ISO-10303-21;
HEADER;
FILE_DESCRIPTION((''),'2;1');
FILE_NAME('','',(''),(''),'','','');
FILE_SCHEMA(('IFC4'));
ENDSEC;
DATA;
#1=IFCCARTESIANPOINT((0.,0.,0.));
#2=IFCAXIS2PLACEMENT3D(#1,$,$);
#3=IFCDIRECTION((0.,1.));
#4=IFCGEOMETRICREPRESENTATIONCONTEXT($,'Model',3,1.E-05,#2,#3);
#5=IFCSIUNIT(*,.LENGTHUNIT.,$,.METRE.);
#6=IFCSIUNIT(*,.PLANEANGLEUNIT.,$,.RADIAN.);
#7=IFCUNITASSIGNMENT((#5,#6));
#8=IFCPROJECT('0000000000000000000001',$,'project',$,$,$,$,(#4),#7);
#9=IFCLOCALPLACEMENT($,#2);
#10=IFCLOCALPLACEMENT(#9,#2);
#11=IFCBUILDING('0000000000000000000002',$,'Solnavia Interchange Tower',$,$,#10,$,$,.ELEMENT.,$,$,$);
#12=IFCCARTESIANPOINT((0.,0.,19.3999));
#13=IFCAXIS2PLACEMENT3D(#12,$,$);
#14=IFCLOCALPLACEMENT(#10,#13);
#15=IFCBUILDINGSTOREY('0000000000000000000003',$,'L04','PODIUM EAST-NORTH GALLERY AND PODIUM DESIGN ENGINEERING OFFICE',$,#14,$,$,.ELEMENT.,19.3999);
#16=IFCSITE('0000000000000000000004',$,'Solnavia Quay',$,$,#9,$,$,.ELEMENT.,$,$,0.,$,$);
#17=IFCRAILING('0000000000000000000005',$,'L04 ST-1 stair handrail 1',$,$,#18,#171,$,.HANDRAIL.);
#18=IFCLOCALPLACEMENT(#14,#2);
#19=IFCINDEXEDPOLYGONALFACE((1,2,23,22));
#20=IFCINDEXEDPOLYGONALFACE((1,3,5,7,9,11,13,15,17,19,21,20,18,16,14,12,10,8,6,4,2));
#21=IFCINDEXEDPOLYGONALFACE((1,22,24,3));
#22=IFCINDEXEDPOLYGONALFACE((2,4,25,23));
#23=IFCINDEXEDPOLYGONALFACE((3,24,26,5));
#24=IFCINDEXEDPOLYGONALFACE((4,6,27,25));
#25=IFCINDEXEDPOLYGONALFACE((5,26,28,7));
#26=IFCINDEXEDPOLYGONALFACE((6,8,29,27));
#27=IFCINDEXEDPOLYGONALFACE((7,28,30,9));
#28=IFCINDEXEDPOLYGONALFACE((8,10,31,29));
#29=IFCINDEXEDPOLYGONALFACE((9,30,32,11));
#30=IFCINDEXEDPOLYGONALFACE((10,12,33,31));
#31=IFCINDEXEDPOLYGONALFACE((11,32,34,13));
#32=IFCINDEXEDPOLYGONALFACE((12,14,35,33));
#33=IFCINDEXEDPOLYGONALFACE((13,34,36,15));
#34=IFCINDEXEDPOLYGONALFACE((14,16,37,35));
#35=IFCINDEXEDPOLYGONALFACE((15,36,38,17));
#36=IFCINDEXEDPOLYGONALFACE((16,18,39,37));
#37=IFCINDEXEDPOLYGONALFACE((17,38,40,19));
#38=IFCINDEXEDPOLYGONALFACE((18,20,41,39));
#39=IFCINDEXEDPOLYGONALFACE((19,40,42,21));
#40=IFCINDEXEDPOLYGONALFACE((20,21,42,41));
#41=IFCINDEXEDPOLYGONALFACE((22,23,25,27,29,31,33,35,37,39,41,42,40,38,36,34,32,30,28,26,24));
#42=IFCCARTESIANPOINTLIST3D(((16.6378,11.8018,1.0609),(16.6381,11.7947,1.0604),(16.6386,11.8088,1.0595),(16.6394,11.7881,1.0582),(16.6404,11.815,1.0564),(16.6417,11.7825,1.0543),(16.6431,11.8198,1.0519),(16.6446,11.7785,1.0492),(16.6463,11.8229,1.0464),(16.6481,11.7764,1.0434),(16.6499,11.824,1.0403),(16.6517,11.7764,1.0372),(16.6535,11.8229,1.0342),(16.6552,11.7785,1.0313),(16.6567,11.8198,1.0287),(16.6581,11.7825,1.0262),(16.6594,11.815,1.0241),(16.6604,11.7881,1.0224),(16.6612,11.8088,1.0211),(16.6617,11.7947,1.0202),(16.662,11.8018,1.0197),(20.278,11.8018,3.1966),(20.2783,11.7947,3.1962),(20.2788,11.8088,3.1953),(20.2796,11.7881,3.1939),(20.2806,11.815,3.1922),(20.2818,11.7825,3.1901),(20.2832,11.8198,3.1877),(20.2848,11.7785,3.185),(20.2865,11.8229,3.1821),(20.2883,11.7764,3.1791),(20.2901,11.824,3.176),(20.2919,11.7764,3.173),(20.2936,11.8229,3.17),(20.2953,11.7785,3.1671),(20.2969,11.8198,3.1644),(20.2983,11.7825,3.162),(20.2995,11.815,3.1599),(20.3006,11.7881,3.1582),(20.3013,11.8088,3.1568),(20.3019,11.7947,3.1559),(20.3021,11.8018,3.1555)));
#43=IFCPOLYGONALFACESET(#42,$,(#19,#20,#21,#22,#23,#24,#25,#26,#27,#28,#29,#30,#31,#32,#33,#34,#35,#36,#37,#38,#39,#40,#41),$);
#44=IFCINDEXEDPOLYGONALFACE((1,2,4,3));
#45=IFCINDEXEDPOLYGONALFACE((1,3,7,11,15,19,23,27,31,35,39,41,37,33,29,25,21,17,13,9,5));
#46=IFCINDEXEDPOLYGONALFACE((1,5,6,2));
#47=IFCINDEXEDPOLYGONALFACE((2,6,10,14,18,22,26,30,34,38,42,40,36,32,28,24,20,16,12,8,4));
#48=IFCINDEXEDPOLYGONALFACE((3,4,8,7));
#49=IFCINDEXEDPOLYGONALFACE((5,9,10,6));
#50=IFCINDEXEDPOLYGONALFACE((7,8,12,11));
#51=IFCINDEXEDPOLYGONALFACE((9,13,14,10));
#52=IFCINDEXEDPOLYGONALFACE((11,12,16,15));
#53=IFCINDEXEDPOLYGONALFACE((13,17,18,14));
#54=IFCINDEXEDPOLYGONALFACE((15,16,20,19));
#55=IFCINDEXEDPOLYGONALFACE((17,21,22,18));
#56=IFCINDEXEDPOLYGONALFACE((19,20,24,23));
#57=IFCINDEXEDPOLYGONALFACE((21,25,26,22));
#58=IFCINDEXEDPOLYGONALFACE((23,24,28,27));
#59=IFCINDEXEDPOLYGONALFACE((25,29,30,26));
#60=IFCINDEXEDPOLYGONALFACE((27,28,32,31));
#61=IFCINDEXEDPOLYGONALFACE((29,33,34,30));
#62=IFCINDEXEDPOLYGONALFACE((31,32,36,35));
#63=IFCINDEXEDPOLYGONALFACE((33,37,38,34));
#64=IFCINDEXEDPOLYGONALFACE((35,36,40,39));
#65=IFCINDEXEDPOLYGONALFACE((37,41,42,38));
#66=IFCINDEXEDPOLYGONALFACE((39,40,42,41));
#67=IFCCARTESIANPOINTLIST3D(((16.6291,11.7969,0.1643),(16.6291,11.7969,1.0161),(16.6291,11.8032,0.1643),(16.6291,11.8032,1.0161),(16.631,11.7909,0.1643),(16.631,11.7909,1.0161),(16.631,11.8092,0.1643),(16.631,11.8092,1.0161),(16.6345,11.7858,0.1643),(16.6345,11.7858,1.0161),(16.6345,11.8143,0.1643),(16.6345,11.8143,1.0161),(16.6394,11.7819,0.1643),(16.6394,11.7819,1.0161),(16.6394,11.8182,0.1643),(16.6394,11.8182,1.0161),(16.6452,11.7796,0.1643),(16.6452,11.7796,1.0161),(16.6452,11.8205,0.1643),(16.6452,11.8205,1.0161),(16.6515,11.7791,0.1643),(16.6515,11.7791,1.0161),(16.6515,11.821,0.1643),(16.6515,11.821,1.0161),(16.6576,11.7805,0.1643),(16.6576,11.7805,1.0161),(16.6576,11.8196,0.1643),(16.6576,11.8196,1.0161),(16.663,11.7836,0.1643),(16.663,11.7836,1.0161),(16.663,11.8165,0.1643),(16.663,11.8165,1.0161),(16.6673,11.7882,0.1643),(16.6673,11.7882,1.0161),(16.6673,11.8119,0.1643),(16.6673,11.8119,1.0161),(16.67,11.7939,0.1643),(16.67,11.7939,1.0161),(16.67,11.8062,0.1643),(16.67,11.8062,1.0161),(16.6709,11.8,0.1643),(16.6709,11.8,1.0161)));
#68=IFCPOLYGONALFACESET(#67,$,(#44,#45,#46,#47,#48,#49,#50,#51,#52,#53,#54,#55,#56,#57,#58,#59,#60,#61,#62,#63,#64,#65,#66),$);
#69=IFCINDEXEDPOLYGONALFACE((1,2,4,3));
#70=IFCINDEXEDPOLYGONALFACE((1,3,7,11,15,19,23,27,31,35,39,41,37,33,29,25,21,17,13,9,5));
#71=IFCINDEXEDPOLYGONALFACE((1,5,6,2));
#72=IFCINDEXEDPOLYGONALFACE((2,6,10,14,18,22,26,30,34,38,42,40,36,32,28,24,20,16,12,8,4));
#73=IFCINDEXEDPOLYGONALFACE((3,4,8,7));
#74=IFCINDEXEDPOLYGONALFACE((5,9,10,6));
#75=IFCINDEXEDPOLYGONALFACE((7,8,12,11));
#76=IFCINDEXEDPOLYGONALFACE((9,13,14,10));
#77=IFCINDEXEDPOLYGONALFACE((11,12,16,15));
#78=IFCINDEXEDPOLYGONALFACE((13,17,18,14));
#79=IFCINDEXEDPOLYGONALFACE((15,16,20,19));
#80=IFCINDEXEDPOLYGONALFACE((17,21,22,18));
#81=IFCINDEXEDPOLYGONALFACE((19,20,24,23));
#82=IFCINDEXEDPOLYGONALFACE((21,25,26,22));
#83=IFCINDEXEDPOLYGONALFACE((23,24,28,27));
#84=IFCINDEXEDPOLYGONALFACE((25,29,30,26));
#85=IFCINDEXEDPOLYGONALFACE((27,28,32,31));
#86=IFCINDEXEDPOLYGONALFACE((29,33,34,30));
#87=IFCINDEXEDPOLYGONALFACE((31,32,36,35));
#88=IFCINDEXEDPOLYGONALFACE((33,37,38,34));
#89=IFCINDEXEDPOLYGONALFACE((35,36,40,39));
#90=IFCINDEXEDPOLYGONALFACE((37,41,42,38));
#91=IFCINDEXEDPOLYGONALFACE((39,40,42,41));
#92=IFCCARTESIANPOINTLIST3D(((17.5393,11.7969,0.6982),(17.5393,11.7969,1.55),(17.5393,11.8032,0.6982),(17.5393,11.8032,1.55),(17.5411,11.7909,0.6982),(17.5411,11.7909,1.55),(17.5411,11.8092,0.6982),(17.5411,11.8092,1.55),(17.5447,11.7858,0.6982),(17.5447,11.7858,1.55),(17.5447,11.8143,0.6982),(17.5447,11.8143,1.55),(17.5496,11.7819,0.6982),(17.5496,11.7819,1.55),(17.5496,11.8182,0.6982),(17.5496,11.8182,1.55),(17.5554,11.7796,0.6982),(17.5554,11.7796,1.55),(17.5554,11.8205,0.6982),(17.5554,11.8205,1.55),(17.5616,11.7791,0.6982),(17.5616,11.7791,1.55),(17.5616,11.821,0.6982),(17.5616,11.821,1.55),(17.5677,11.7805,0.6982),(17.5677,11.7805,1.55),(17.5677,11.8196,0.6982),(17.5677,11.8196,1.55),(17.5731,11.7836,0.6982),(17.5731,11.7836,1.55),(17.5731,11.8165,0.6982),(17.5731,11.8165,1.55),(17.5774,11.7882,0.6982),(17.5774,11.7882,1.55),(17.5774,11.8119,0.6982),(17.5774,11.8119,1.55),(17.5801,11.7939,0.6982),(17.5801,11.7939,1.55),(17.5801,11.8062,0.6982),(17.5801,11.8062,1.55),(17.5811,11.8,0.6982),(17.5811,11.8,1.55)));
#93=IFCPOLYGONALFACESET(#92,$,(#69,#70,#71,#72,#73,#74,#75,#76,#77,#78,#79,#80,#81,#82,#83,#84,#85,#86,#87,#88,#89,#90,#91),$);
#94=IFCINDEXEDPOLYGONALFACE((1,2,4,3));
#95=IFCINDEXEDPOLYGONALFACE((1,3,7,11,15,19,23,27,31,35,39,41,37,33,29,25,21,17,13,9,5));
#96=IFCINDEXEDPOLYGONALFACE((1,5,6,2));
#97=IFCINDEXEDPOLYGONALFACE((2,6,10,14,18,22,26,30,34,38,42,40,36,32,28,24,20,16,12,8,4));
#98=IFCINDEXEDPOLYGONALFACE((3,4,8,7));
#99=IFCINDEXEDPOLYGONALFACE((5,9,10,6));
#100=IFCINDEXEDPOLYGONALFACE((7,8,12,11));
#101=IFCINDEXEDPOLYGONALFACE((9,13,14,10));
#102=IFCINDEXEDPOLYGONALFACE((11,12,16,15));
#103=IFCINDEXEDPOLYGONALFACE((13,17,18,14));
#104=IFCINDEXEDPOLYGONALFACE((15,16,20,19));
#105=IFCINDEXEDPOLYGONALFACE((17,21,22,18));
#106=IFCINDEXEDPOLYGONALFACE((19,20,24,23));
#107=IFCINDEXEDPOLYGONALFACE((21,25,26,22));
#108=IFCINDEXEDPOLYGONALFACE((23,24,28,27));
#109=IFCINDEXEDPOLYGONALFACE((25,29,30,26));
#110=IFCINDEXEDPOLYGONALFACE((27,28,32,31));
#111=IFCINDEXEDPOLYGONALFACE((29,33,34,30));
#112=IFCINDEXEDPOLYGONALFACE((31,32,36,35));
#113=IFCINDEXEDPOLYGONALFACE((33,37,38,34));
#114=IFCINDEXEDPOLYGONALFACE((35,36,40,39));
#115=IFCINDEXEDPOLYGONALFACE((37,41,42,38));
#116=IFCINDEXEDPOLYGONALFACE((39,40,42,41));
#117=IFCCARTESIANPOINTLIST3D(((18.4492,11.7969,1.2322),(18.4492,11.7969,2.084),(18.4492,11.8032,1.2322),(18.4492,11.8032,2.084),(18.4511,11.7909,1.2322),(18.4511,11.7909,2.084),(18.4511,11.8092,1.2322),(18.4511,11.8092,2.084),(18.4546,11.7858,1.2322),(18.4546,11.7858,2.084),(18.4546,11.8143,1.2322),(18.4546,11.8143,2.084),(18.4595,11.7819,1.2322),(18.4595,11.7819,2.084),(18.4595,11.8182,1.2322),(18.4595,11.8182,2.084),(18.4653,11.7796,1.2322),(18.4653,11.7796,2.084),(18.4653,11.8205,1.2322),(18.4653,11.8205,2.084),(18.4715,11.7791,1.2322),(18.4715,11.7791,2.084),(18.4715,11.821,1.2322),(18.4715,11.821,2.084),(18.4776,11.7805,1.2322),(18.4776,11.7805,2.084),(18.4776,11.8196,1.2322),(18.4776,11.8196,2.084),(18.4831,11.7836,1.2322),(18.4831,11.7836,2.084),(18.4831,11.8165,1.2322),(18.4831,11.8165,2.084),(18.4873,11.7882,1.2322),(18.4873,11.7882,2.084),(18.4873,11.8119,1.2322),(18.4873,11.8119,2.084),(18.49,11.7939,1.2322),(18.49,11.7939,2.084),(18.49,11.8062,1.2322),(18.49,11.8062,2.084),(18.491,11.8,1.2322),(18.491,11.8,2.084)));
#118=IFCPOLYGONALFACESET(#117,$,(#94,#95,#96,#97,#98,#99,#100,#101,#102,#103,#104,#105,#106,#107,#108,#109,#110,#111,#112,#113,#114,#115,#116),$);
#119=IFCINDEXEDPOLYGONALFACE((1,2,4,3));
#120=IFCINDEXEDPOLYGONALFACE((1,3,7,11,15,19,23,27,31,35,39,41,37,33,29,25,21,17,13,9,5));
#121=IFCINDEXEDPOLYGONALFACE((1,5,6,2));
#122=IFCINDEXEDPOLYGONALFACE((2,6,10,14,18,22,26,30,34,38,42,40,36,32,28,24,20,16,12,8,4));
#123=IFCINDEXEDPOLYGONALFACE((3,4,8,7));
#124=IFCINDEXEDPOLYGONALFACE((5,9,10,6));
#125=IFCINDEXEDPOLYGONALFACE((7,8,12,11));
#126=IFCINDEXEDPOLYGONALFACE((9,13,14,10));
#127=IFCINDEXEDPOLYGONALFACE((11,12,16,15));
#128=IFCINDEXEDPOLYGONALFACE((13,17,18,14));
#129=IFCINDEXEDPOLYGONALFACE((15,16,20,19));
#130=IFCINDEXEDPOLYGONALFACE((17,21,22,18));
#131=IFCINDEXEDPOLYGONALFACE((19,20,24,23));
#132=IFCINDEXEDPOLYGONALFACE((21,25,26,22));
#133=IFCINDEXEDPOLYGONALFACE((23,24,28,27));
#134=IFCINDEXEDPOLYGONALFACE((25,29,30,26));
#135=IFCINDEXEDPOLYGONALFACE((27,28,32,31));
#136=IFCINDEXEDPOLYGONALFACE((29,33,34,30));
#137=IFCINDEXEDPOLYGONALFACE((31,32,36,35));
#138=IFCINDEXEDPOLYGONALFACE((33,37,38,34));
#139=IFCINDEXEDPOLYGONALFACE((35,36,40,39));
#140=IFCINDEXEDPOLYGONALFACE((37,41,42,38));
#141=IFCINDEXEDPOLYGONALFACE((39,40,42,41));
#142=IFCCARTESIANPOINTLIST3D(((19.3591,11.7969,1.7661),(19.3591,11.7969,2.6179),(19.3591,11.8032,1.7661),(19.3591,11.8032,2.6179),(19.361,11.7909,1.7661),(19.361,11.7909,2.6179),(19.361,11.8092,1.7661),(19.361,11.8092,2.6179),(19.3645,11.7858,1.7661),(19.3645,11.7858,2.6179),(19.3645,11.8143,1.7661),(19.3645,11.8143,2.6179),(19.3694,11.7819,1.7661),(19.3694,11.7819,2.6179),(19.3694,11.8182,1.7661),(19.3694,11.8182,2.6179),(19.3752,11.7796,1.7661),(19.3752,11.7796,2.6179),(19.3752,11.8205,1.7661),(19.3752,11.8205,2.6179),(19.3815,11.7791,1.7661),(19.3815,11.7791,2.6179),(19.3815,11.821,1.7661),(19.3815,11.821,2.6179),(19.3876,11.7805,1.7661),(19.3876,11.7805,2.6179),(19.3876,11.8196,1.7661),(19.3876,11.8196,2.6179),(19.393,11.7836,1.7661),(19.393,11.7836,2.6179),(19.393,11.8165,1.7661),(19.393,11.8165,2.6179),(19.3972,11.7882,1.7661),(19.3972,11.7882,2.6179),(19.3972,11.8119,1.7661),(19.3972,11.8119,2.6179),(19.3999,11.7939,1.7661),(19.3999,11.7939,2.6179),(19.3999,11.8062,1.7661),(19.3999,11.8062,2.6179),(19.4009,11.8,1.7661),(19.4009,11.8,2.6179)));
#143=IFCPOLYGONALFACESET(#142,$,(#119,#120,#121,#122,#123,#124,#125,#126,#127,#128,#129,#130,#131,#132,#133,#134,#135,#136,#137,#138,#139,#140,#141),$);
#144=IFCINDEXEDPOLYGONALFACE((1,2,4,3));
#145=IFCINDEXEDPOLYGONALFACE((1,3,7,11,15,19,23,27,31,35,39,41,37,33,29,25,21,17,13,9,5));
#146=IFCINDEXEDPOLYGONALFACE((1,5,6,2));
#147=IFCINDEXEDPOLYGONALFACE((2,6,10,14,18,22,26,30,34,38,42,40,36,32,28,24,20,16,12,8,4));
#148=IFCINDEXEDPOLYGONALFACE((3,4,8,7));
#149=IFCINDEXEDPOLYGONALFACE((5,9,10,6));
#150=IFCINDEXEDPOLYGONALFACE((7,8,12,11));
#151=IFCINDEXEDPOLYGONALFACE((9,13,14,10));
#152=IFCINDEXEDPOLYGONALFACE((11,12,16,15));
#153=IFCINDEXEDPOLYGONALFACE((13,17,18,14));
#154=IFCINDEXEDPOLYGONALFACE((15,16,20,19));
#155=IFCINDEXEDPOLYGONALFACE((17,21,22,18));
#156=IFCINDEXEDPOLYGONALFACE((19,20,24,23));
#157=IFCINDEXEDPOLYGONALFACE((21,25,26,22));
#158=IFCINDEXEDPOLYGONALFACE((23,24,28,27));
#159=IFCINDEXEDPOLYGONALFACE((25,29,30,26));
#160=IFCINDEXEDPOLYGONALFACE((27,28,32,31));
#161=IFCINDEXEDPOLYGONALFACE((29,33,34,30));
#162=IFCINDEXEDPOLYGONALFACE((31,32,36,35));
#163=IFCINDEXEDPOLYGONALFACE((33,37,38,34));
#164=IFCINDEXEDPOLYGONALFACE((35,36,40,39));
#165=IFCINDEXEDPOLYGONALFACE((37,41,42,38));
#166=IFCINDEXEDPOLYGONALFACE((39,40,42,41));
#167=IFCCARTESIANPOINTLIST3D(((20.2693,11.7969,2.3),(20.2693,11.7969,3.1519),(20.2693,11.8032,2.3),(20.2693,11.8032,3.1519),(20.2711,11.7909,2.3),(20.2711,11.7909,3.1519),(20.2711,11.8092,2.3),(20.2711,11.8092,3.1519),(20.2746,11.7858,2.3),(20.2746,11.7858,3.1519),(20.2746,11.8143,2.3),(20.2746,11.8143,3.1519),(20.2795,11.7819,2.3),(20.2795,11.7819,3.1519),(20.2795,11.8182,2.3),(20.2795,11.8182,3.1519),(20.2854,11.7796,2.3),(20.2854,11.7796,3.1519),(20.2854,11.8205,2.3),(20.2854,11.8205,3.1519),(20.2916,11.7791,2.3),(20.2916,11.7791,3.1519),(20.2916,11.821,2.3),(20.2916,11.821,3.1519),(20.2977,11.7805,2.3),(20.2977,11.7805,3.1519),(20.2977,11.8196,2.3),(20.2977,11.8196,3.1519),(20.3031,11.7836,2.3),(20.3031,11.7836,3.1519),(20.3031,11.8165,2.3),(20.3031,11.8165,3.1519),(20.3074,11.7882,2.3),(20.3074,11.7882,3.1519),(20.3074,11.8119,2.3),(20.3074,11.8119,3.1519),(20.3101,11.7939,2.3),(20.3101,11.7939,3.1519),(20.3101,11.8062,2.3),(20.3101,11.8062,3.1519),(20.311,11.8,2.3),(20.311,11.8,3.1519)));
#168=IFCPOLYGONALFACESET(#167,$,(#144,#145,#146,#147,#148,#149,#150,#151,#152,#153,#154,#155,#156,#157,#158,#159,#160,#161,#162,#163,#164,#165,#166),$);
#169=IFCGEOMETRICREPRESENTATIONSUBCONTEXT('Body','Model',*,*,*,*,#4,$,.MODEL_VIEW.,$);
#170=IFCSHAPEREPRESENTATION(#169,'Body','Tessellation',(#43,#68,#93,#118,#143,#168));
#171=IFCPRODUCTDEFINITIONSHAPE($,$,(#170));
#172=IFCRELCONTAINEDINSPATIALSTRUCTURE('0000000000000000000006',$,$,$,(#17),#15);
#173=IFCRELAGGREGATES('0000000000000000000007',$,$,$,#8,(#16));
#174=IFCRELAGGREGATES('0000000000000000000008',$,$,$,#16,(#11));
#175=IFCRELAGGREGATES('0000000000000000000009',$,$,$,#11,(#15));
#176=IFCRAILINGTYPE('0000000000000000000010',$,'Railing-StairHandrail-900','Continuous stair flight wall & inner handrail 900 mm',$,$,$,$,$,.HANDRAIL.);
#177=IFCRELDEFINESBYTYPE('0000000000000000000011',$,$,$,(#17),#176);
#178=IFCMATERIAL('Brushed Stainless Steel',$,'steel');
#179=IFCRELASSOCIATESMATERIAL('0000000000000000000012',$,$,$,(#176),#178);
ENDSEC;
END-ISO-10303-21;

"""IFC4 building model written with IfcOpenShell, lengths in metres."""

from ifc_helpers import new_model, si_unit, direction, frame, origin, origin_2d, place, context, subcontext, project, spatial, circle, extrude, material, type_object, element, save


model = new_model("IFC4")

# Units and contexts
model_context = context("Model", 3, precision=1e-05, world=origin(), true_north=direction((0.0, 1.0)))
body_context = subcontext(model_context, "Body", "Model", "MODEL_VIEW")
ifc_project = project(units=[si_unit("LENGTHUNIT", "METRE"), si_unit("PLANEANGLEUNIT", "RADIAN")], contexts=[model_context])

# Site, building, storey
site_placement = place(None, origin())
site = spatial("IfcSite", under=ifc_project, at=site_placement, Name="Solnavia Quay", CompositionType="ELEMENT", RefElevation=0.0)
building_placement = place(site_placement, origin())
building = spatial("IfcBuilding", under=site, at=building_placement, Name="Solnavia Interchange Tower", CompositionType="ELEMENT")
storey_placement = place(building_placement, frame((0.0, 0.0, 19.3999)))
storey = spatial("IfcBuildingStorey", under=building, at=storey_placement, Name="L04", Description="PODIUM EAST-NORTH GALLERY AND PODIUM DESIGN ENGINEERING OFFICE", CompositionType="ELEMENT", Elevation=19.3999)

# Railing
ifc_material_1 = material(Name="Brushed Stainless Steel", Category="steel")
railing_type_1 = type_object("IfcRailingType", Name="Railing-StairHandrail-900", Description="Continuous stair flight wall & inner handrail 900 mm", PredefinedType="HANDRAIL", material=ifc_material_1)
railing_1_placement = place(storey_placement, frame((16.6499, 11.8, 0.1643)))
element("IfcRailing", 1, at=railing_1_placement, inside=storey, type_object=railing_type_1, Name="L04 ST-1 stair handrail 1", PredefinedType="HANDRAIL", context=body_context, shape_type="SweptSolid", body=[
    extrude(circle(Radius=0.0239, at=origin_2d()), frame((0.0, 0.0, 0.876), z_axis=(0.862505, 0.0, 0.506049), x_axis=(0.0, 1.0, 0.0)), (0.0, 0.0, 1.0), 4.2205),
    extrude(circle(Radius=0.021, at=origin_2d()), origin(), (0.0, 0.0, 1.0), 0.8518),
    extrude(circle(Radius=0.021, at=origin_2d()), frame((0.9102, 0.0, 0.5339)), (0.0, 0.0, 1.0), 0.8518),
    extrude(circle(Radius=0.021, at=origin_2d()), frame((1.8201, 0.0, 1.0679)), (0.0, 0.0, 1.0), 0.8518),
    extrude(circle(Radius=0.021, at=origin_2d()), frame((2.73, 0.0, 1.6018)), (0.0, 0.0, 1.0), 0.8518),
    extrude(circle(Radius=0.021, at=origin_2d()), frame((3.6401, 0.0, 2.1357)), (0.0, 0.0, 1.0), 0.8518),
])

save(model, "model.ifc")
